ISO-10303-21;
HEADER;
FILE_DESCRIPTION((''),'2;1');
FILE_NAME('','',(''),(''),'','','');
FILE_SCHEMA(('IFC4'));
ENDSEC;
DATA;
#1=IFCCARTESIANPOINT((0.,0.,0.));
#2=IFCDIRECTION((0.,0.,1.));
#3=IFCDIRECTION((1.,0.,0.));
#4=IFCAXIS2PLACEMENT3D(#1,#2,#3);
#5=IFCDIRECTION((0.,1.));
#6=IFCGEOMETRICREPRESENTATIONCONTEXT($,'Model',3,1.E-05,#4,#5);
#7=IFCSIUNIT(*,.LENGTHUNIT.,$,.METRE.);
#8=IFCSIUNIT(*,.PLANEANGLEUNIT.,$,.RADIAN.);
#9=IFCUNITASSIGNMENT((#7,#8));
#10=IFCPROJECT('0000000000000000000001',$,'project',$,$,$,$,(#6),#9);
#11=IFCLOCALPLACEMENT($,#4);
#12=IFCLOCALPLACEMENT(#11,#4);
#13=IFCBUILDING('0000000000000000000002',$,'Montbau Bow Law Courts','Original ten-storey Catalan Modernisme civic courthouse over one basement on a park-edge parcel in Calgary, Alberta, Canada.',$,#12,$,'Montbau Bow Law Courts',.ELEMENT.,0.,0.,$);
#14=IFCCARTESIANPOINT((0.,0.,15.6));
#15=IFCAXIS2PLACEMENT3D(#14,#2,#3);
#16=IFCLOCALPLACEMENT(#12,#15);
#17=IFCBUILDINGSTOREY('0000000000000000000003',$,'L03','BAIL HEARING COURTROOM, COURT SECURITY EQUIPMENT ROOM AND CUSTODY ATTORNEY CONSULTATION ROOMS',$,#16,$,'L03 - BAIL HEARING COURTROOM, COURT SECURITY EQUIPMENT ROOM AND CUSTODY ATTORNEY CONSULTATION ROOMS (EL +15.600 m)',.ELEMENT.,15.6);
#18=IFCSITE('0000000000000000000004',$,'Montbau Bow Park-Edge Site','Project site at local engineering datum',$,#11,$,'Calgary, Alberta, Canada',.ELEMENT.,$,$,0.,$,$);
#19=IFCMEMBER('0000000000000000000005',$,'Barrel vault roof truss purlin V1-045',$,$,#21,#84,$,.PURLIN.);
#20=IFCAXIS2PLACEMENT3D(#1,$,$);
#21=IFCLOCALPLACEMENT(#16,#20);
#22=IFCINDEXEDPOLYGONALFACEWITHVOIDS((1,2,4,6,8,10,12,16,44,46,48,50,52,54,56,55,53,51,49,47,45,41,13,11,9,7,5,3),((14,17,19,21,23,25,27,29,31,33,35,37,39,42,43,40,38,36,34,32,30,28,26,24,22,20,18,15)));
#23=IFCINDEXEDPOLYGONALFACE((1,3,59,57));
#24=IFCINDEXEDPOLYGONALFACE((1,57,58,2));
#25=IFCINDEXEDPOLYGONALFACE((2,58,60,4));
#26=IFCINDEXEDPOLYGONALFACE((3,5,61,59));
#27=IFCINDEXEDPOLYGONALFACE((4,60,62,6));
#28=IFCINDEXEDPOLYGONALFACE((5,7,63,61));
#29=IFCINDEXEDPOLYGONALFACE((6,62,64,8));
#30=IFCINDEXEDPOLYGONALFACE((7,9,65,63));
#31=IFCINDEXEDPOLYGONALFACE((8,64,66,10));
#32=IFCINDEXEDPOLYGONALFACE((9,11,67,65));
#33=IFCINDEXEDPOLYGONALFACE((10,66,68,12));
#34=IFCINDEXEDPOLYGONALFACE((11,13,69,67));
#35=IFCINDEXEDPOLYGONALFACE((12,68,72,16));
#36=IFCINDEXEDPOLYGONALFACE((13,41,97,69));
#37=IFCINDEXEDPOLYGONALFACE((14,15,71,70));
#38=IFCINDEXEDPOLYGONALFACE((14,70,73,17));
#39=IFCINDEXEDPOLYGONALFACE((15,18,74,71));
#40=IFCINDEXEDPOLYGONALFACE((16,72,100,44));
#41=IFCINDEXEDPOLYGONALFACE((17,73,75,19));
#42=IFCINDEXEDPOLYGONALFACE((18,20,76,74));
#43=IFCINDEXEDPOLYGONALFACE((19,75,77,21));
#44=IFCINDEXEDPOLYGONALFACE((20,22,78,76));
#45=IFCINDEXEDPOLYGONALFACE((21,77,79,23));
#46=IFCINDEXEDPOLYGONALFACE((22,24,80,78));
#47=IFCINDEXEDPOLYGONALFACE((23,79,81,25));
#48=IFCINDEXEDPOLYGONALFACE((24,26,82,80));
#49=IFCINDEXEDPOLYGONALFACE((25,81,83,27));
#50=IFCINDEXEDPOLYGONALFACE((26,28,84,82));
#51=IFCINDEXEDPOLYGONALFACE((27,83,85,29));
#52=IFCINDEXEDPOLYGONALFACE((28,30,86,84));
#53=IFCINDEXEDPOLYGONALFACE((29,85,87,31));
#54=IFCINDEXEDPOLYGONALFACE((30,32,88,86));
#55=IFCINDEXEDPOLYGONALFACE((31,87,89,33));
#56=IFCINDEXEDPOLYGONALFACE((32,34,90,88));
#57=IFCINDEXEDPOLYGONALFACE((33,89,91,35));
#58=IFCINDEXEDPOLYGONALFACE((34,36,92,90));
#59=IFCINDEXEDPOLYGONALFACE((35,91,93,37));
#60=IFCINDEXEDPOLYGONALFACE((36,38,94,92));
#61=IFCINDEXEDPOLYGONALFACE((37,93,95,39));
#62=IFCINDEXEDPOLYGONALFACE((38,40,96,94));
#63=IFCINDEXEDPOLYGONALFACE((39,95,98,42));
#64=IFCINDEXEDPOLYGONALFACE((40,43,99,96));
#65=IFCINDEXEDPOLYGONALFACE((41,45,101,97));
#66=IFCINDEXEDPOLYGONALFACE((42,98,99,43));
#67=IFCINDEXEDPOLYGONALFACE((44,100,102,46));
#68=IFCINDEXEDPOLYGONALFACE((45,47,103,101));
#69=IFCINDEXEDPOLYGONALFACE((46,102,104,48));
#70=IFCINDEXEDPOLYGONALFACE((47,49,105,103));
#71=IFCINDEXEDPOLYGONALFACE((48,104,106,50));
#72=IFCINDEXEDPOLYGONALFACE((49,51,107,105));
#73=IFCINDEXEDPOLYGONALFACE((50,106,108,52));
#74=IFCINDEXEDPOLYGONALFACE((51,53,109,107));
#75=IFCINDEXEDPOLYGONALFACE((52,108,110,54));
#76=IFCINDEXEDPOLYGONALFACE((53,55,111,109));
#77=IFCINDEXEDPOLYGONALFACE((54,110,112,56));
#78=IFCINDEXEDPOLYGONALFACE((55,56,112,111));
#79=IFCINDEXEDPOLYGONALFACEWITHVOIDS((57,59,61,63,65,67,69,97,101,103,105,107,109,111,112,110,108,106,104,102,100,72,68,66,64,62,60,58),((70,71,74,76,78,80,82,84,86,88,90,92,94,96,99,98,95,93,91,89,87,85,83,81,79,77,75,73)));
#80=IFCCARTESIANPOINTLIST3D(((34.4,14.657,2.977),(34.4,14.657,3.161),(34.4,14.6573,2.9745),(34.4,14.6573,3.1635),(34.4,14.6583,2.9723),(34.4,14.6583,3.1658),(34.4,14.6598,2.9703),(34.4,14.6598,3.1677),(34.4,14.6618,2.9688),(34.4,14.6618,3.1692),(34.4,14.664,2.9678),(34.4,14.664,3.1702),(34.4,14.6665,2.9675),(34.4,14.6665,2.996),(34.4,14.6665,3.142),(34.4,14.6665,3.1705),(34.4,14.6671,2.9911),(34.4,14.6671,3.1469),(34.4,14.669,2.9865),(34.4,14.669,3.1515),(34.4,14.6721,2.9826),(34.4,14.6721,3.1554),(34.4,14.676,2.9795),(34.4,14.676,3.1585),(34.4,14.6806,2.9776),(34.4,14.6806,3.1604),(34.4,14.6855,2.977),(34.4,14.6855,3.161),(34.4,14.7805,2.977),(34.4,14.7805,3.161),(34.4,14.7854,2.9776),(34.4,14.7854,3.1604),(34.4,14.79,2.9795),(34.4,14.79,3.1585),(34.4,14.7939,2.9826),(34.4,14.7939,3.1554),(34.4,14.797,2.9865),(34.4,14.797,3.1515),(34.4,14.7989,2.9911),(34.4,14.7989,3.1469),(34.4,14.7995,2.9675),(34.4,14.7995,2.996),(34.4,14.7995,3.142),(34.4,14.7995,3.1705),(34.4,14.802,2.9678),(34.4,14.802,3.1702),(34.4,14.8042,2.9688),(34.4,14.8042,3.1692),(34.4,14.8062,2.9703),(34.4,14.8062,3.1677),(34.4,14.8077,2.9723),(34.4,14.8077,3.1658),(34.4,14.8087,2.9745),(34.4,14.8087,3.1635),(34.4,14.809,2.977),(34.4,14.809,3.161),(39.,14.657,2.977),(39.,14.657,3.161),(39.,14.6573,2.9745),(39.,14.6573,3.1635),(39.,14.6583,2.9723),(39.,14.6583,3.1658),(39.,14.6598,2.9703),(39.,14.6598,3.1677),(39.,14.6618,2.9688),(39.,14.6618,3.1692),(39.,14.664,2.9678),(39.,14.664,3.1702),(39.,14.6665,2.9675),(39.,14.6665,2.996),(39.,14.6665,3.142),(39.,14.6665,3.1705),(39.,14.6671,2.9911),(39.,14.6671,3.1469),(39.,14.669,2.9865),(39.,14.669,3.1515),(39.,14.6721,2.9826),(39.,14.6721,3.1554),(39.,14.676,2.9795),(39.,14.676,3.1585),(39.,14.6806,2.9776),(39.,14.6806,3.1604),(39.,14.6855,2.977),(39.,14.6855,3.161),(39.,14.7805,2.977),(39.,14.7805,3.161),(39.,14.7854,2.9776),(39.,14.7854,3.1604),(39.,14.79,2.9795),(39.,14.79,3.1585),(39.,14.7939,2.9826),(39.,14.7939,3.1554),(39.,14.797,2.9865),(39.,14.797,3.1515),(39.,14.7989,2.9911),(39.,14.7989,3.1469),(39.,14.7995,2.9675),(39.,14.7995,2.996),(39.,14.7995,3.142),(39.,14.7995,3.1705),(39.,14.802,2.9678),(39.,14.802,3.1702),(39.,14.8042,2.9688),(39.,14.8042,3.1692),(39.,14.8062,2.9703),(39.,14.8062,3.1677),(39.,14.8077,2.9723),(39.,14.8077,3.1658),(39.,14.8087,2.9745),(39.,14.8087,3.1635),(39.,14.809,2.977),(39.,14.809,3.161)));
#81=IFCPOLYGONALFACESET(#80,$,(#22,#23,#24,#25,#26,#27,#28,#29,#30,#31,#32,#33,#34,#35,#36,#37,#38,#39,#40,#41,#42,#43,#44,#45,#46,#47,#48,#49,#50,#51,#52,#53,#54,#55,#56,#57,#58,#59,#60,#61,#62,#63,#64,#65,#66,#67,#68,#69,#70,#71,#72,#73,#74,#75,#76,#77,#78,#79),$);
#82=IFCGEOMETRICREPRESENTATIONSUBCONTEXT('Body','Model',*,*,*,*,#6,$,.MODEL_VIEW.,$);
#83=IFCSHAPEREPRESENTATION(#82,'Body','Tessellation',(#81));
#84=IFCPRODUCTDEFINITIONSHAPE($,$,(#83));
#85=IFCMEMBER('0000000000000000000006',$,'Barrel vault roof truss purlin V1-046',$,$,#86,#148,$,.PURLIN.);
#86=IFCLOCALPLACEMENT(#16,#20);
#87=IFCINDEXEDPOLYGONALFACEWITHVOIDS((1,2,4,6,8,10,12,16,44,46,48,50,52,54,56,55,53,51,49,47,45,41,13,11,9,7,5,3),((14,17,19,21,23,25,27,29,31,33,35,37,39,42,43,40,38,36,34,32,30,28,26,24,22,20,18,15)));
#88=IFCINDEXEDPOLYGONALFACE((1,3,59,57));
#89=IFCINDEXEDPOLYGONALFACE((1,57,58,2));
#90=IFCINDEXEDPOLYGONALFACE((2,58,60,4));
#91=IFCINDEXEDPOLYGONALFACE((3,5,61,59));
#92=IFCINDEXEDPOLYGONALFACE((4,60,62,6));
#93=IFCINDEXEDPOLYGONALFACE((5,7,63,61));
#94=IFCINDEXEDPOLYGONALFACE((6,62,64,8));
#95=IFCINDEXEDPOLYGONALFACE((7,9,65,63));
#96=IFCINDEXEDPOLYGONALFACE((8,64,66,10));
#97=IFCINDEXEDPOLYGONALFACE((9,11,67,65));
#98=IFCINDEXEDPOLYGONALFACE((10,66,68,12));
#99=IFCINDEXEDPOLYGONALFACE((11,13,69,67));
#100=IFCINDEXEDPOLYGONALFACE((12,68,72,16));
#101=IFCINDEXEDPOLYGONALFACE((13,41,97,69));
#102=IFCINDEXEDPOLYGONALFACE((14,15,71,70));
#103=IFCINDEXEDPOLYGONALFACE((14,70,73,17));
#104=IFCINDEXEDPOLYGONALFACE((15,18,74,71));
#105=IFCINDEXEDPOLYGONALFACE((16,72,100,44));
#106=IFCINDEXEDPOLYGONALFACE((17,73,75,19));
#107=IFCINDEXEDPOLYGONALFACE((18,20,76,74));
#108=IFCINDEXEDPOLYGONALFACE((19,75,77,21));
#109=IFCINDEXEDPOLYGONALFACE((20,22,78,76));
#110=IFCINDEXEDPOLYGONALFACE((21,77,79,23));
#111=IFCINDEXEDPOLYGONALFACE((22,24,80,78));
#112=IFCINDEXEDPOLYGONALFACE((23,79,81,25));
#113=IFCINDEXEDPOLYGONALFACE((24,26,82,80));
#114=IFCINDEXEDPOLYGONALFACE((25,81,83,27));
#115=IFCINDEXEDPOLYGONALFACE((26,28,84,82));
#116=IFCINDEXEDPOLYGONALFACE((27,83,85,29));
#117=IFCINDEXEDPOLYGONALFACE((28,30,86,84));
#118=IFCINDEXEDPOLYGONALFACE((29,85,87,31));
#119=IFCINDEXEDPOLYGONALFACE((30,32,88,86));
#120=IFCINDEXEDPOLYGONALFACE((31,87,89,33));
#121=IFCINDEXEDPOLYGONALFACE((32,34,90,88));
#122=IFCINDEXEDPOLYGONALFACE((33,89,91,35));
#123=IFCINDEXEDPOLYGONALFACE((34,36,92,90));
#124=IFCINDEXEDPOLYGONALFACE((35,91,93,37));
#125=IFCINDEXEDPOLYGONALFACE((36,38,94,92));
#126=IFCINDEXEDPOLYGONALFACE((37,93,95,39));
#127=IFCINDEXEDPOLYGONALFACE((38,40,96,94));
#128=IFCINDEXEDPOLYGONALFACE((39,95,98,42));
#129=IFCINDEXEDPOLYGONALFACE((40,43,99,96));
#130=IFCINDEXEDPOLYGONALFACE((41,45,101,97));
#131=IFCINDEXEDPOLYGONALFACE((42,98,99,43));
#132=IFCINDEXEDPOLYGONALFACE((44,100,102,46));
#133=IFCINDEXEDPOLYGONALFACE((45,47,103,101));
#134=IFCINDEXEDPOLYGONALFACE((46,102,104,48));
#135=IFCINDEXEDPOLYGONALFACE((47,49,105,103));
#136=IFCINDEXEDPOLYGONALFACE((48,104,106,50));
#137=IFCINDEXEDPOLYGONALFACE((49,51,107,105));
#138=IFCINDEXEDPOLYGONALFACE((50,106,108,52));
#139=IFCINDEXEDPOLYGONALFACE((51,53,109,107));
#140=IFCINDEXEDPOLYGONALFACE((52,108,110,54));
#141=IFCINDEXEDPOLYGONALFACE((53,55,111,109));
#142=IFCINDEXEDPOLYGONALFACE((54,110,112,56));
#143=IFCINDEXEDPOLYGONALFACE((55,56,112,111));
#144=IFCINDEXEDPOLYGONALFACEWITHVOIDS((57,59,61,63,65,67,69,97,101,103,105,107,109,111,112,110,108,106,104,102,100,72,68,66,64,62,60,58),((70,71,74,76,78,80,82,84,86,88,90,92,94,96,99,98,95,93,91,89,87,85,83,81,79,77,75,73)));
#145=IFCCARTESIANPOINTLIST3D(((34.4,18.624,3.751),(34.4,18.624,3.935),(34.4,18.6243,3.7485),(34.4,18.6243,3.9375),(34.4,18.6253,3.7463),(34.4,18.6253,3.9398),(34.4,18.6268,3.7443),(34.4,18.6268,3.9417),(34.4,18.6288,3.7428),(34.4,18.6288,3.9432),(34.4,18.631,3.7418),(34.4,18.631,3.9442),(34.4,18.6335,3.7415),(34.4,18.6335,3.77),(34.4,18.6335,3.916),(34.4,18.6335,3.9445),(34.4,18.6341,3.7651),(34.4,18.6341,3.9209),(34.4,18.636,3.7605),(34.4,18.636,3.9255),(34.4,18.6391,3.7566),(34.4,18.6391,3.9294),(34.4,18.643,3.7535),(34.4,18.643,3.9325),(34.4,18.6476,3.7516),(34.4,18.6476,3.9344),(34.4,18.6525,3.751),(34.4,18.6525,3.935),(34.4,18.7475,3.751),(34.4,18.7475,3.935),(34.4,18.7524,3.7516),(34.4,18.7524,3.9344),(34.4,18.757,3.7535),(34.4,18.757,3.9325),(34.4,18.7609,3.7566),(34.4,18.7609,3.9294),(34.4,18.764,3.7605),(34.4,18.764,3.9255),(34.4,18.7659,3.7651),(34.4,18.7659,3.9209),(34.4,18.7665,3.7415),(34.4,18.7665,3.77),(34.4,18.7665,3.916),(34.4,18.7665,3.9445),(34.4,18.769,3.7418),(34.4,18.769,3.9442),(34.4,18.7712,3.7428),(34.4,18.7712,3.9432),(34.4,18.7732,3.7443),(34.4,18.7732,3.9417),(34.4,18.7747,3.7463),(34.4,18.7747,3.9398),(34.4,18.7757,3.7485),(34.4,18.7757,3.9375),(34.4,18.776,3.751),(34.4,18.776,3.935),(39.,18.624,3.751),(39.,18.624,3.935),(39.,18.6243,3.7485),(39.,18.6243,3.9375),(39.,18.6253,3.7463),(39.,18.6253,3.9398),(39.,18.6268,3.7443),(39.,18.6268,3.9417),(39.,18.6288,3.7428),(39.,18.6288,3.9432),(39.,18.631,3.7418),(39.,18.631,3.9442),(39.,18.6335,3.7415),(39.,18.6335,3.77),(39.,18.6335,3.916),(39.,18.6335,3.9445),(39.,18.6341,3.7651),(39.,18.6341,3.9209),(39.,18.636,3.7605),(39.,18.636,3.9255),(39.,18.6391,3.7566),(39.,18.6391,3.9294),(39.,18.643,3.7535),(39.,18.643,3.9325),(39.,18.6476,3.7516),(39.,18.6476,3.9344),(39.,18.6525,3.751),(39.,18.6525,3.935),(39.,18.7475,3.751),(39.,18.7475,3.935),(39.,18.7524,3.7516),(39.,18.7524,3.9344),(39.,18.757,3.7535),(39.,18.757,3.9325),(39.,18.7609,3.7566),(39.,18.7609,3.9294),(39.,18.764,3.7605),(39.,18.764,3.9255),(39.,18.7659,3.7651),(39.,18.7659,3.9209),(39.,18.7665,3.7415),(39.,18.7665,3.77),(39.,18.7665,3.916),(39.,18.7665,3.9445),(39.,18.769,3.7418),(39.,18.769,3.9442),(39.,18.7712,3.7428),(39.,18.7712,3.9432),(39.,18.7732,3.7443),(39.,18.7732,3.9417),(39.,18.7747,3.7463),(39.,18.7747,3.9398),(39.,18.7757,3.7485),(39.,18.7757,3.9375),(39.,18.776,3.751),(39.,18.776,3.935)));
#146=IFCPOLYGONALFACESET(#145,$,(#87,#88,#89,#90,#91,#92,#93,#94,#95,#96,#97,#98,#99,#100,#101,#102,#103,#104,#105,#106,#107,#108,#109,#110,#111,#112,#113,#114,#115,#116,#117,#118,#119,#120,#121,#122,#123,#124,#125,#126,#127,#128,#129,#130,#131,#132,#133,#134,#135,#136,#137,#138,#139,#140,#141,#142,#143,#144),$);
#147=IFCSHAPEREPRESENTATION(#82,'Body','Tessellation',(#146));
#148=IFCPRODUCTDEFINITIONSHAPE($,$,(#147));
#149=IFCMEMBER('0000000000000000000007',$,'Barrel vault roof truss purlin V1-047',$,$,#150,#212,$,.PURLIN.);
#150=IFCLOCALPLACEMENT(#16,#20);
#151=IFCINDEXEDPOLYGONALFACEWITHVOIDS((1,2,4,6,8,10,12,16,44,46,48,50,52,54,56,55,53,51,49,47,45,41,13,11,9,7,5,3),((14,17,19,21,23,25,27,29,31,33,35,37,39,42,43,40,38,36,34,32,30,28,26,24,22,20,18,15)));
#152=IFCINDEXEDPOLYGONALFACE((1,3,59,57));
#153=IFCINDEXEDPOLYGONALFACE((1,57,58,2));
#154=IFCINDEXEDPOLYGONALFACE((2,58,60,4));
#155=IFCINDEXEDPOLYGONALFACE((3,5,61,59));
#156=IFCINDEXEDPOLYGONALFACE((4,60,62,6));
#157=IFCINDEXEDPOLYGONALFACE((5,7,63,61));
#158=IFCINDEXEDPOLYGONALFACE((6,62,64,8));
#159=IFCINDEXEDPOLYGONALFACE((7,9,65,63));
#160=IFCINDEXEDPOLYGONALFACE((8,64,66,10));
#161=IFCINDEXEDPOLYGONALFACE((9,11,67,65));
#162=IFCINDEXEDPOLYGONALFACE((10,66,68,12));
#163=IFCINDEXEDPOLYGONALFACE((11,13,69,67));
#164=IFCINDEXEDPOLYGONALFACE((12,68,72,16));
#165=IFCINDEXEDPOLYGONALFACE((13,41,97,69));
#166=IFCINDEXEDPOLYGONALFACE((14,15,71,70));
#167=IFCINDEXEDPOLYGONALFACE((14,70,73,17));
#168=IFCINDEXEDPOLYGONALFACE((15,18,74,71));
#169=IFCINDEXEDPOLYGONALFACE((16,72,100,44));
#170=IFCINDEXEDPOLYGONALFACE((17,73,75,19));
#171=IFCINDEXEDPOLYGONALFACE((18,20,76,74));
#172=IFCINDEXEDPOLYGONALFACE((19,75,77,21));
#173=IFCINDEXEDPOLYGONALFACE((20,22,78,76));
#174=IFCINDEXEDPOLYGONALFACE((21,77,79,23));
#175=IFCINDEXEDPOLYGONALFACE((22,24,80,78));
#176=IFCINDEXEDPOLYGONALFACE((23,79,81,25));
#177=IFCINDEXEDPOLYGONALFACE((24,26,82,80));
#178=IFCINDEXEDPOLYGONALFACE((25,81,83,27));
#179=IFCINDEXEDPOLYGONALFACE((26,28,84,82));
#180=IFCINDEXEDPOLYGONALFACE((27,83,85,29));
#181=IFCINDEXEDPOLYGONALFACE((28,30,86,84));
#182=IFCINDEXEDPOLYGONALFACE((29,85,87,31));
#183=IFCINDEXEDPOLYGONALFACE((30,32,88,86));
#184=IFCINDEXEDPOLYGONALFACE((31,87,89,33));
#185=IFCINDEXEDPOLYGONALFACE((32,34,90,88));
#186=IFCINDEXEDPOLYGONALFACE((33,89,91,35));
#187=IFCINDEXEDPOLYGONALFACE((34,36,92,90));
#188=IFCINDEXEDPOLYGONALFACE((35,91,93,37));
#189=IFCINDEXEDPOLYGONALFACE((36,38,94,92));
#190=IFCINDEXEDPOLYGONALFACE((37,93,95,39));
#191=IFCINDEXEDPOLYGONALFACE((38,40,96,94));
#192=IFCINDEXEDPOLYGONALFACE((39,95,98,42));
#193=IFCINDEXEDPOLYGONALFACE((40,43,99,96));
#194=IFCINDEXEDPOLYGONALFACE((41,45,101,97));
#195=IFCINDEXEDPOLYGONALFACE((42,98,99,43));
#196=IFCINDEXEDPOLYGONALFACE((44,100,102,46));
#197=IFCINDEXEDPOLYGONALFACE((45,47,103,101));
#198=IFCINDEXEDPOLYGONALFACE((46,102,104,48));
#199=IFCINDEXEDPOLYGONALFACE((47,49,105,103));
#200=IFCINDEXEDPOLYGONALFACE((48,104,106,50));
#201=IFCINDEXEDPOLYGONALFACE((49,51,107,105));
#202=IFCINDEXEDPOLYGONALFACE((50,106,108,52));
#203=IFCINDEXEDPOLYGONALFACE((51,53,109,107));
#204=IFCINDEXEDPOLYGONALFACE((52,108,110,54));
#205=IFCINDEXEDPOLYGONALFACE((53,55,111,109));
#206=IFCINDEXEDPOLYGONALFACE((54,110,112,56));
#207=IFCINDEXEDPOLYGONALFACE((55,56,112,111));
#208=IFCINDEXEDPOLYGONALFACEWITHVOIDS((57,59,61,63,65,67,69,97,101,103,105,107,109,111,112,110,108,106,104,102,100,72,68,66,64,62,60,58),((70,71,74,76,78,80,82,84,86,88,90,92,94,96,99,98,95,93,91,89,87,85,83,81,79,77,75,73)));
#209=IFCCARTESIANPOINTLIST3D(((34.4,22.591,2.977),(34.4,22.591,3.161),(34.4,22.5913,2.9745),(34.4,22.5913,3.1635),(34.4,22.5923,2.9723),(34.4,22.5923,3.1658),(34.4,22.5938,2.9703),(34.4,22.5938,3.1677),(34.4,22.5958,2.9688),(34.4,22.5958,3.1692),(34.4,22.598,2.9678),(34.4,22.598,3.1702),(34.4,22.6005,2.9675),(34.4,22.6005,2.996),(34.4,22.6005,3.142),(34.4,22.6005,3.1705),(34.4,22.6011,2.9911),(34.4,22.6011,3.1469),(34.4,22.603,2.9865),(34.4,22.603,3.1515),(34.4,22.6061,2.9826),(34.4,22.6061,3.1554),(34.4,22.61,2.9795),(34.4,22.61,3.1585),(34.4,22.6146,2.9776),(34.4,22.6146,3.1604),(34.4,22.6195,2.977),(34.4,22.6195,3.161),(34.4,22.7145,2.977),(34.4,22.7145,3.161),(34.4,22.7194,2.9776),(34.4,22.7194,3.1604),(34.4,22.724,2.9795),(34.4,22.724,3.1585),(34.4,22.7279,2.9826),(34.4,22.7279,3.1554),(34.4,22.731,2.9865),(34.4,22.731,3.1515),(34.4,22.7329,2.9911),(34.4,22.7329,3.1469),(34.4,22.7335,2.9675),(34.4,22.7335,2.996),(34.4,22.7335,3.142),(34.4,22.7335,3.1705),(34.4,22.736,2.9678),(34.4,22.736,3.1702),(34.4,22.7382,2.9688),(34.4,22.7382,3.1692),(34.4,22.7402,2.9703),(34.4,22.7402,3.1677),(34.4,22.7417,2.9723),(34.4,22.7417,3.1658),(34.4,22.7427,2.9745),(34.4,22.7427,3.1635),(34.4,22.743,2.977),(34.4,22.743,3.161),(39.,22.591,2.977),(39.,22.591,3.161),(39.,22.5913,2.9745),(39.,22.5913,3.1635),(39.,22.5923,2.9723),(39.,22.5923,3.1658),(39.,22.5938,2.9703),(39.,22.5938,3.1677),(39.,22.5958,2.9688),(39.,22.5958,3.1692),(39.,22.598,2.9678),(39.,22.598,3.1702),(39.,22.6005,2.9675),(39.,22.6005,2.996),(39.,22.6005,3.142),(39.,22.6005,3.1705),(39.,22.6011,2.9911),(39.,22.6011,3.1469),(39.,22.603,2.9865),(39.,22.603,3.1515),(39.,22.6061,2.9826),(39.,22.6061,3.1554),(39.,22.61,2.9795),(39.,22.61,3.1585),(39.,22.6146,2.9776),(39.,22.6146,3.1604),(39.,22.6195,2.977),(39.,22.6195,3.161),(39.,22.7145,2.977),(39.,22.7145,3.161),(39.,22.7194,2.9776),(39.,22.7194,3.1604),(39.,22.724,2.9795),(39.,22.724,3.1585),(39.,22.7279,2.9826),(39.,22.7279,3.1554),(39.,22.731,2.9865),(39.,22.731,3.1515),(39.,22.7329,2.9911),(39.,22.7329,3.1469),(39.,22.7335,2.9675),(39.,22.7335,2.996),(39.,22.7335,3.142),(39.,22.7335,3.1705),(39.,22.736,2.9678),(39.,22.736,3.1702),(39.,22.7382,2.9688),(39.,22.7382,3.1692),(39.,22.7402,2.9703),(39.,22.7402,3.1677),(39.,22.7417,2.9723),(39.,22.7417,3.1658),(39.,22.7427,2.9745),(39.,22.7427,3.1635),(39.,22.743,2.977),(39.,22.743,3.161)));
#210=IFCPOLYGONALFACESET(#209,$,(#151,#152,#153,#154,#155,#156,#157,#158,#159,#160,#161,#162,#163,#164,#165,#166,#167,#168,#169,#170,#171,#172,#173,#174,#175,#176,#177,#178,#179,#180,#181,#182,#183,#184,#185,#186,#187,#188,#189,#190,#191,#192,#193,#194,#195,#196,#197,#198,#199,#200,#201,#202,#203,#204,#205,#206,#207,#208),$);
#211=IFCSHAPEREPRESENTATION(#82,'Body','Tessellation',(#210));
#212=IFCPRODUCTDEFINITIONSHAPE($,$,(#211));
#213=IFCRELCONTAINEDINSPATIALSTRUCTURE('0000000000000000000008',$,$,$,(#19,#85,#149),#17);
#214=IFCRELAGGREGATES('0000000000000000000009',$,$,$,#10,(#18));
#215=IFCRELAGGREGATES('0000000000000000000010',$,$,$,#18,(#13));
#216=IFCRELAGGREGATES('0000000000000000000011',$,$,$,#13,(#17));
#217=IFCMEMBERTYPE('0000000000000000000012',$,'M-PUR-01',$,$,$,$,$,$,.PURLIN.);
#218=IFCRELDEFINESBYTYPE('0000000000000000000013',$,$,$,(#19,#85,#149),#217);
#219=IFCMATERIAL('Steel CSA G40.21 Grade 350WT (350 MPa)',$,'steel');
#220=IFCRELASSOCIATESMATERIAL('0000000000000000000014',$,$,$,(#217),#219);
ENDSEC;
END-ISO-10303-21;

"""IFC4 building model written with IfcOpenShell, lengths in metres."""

from ifc_helpers import new_model, si_unit, direction, frame, origin_with_axes, origin_2d_with_axis, place, context, subcontext, project, spatial, hollow_rectangle, extrude, material, material_profile, profile_set, type_object, element, save


model = new_model("IFC4")

# Units and contexts
model_context = context("Model", 3, precision=1e-05, world=origin_with_axes(), true_north=direction((0.0, 1.0)))
body_context = subcontext(model_context, "Body", "Model", "MODEL_VIEW")
ifc_project = project(units=[si_unit("LENGTHUNIT", "METRE"), si_unit("PLANEANGLEUNIT", "RADIAN")], contexts=[model_context])

# Site, building, storey
site_placement = place(None, origin_with_axes())
site = spatial("IfcSite", under=ifc_project, at=site_placement, Name="Montbau Bow Park-Edge Site", Description="Project site at local engineering datum", LongName="Calgary, Alberta, Canada", CompositionType="ELEMENT", RefElevation=0.0)
building_placement = place(site_placement, origin_with_axes())
building = spatial("IfcBuilding", under=site, at=building_placement, Name="Montbau Bow Law Courts", Description="Original ten-storey Catalan Modernisme civic courthouse over one basement on a park-edge parcel in Calgary, Alberta, Canada.", LongName="Montbau Bow Law Courts", CompositionType="ELEMENT", ElevationOfRefHeight=0.0, ElevationOfTerrain=0.0)
storey_placement = place(building_placement, frame((0.0, 0.0, 15.6), z_axis=(0.0, 0.0, 1.0), x_axis=(1.0, 0.0, 0.0)))
storey = spatial("IfcBuildingStorey", under=building, at=storey_placement, Name="L03", Description="BAIL HEARING COURTROOM, COURT SECURITY EQUIPMENT ROOM AND CUSTODY ATTORNEY CONSULTATION ROOMS", LongName="L03 - BAIL HEARING COURTROOM, COURT SECURITY EQUIPMENT ROOM AND CUSTODY ATTORNEY CONSULTATION ROOMS (EL +15.600 m)", CompositionType="ELEMENT", Elevation=15.6)

# Shared definitions
ifc_material_1 = material(Name="Steel CSA G40.21 Grade 350WT (350 MPa)", Category="steel")

# Members
ifc_material_profile_1 = material_profile(ifc_material_1, hollow_rectangle(XDim=0.152, YDim=0.203, WallThickness=0.0095, InnerFilletRadius=0.019, OuterFilletRadius=0.0095, at=origin_2d_with_axis()), Name="HSS203X152X9.5", Category="Main", Priority=0)
ifc_profile_set_1 = profile_set([ifc_material_profile_1], Name="Steel CSA G40.21 Grade 350WT (350 MPa)")
member_type_1 = type_object("IfcMemberType", Name="M-PUR-01", PredefinedType="PURLIN", material=ifc_profile_set_1)
for number, where, z_axis, x_axis, name in (
    (1, (34.4, 14.733, 18.669), (1.0, 0.0, 0.0), (0.0, 1.0, 0.0), "Barrel vault roof truss purlin V1-045"),
    (2, (34.4, 18.7, 19.443), (1.0, 0.0, 0.0), (0.0, 1.0, 0.0), "Barrel vault roof truss purlin V1-046"),
    (3, (34.4, 22.667, 18.669), (1.0, 0.0, 0.0), (0.0, 1.0, 0.0), "Barrel vault roof truss purlin V1-047"),
):
    element("IfcMember", number, at=place(None, frame(where, z_axis=z_axis, x_axis=x_axis)), inside=storey, type_object=member_type_1, Name=name, PredefinedType="PURLIN", context=body_context, shape_type="SweptSolid", body=[
        extrude(hollow_rectangle(XDim=0.152, YDim=0.203, WallThickness=0.0095, InnerFilletRadius=0.019, OuterFilletRadius=0.0095, at=origin_2d_with_axis()), origin_with_axes(), (0.0, 0.0, 1.0), 4.6),
    ])

save(model, "model.ifc")
